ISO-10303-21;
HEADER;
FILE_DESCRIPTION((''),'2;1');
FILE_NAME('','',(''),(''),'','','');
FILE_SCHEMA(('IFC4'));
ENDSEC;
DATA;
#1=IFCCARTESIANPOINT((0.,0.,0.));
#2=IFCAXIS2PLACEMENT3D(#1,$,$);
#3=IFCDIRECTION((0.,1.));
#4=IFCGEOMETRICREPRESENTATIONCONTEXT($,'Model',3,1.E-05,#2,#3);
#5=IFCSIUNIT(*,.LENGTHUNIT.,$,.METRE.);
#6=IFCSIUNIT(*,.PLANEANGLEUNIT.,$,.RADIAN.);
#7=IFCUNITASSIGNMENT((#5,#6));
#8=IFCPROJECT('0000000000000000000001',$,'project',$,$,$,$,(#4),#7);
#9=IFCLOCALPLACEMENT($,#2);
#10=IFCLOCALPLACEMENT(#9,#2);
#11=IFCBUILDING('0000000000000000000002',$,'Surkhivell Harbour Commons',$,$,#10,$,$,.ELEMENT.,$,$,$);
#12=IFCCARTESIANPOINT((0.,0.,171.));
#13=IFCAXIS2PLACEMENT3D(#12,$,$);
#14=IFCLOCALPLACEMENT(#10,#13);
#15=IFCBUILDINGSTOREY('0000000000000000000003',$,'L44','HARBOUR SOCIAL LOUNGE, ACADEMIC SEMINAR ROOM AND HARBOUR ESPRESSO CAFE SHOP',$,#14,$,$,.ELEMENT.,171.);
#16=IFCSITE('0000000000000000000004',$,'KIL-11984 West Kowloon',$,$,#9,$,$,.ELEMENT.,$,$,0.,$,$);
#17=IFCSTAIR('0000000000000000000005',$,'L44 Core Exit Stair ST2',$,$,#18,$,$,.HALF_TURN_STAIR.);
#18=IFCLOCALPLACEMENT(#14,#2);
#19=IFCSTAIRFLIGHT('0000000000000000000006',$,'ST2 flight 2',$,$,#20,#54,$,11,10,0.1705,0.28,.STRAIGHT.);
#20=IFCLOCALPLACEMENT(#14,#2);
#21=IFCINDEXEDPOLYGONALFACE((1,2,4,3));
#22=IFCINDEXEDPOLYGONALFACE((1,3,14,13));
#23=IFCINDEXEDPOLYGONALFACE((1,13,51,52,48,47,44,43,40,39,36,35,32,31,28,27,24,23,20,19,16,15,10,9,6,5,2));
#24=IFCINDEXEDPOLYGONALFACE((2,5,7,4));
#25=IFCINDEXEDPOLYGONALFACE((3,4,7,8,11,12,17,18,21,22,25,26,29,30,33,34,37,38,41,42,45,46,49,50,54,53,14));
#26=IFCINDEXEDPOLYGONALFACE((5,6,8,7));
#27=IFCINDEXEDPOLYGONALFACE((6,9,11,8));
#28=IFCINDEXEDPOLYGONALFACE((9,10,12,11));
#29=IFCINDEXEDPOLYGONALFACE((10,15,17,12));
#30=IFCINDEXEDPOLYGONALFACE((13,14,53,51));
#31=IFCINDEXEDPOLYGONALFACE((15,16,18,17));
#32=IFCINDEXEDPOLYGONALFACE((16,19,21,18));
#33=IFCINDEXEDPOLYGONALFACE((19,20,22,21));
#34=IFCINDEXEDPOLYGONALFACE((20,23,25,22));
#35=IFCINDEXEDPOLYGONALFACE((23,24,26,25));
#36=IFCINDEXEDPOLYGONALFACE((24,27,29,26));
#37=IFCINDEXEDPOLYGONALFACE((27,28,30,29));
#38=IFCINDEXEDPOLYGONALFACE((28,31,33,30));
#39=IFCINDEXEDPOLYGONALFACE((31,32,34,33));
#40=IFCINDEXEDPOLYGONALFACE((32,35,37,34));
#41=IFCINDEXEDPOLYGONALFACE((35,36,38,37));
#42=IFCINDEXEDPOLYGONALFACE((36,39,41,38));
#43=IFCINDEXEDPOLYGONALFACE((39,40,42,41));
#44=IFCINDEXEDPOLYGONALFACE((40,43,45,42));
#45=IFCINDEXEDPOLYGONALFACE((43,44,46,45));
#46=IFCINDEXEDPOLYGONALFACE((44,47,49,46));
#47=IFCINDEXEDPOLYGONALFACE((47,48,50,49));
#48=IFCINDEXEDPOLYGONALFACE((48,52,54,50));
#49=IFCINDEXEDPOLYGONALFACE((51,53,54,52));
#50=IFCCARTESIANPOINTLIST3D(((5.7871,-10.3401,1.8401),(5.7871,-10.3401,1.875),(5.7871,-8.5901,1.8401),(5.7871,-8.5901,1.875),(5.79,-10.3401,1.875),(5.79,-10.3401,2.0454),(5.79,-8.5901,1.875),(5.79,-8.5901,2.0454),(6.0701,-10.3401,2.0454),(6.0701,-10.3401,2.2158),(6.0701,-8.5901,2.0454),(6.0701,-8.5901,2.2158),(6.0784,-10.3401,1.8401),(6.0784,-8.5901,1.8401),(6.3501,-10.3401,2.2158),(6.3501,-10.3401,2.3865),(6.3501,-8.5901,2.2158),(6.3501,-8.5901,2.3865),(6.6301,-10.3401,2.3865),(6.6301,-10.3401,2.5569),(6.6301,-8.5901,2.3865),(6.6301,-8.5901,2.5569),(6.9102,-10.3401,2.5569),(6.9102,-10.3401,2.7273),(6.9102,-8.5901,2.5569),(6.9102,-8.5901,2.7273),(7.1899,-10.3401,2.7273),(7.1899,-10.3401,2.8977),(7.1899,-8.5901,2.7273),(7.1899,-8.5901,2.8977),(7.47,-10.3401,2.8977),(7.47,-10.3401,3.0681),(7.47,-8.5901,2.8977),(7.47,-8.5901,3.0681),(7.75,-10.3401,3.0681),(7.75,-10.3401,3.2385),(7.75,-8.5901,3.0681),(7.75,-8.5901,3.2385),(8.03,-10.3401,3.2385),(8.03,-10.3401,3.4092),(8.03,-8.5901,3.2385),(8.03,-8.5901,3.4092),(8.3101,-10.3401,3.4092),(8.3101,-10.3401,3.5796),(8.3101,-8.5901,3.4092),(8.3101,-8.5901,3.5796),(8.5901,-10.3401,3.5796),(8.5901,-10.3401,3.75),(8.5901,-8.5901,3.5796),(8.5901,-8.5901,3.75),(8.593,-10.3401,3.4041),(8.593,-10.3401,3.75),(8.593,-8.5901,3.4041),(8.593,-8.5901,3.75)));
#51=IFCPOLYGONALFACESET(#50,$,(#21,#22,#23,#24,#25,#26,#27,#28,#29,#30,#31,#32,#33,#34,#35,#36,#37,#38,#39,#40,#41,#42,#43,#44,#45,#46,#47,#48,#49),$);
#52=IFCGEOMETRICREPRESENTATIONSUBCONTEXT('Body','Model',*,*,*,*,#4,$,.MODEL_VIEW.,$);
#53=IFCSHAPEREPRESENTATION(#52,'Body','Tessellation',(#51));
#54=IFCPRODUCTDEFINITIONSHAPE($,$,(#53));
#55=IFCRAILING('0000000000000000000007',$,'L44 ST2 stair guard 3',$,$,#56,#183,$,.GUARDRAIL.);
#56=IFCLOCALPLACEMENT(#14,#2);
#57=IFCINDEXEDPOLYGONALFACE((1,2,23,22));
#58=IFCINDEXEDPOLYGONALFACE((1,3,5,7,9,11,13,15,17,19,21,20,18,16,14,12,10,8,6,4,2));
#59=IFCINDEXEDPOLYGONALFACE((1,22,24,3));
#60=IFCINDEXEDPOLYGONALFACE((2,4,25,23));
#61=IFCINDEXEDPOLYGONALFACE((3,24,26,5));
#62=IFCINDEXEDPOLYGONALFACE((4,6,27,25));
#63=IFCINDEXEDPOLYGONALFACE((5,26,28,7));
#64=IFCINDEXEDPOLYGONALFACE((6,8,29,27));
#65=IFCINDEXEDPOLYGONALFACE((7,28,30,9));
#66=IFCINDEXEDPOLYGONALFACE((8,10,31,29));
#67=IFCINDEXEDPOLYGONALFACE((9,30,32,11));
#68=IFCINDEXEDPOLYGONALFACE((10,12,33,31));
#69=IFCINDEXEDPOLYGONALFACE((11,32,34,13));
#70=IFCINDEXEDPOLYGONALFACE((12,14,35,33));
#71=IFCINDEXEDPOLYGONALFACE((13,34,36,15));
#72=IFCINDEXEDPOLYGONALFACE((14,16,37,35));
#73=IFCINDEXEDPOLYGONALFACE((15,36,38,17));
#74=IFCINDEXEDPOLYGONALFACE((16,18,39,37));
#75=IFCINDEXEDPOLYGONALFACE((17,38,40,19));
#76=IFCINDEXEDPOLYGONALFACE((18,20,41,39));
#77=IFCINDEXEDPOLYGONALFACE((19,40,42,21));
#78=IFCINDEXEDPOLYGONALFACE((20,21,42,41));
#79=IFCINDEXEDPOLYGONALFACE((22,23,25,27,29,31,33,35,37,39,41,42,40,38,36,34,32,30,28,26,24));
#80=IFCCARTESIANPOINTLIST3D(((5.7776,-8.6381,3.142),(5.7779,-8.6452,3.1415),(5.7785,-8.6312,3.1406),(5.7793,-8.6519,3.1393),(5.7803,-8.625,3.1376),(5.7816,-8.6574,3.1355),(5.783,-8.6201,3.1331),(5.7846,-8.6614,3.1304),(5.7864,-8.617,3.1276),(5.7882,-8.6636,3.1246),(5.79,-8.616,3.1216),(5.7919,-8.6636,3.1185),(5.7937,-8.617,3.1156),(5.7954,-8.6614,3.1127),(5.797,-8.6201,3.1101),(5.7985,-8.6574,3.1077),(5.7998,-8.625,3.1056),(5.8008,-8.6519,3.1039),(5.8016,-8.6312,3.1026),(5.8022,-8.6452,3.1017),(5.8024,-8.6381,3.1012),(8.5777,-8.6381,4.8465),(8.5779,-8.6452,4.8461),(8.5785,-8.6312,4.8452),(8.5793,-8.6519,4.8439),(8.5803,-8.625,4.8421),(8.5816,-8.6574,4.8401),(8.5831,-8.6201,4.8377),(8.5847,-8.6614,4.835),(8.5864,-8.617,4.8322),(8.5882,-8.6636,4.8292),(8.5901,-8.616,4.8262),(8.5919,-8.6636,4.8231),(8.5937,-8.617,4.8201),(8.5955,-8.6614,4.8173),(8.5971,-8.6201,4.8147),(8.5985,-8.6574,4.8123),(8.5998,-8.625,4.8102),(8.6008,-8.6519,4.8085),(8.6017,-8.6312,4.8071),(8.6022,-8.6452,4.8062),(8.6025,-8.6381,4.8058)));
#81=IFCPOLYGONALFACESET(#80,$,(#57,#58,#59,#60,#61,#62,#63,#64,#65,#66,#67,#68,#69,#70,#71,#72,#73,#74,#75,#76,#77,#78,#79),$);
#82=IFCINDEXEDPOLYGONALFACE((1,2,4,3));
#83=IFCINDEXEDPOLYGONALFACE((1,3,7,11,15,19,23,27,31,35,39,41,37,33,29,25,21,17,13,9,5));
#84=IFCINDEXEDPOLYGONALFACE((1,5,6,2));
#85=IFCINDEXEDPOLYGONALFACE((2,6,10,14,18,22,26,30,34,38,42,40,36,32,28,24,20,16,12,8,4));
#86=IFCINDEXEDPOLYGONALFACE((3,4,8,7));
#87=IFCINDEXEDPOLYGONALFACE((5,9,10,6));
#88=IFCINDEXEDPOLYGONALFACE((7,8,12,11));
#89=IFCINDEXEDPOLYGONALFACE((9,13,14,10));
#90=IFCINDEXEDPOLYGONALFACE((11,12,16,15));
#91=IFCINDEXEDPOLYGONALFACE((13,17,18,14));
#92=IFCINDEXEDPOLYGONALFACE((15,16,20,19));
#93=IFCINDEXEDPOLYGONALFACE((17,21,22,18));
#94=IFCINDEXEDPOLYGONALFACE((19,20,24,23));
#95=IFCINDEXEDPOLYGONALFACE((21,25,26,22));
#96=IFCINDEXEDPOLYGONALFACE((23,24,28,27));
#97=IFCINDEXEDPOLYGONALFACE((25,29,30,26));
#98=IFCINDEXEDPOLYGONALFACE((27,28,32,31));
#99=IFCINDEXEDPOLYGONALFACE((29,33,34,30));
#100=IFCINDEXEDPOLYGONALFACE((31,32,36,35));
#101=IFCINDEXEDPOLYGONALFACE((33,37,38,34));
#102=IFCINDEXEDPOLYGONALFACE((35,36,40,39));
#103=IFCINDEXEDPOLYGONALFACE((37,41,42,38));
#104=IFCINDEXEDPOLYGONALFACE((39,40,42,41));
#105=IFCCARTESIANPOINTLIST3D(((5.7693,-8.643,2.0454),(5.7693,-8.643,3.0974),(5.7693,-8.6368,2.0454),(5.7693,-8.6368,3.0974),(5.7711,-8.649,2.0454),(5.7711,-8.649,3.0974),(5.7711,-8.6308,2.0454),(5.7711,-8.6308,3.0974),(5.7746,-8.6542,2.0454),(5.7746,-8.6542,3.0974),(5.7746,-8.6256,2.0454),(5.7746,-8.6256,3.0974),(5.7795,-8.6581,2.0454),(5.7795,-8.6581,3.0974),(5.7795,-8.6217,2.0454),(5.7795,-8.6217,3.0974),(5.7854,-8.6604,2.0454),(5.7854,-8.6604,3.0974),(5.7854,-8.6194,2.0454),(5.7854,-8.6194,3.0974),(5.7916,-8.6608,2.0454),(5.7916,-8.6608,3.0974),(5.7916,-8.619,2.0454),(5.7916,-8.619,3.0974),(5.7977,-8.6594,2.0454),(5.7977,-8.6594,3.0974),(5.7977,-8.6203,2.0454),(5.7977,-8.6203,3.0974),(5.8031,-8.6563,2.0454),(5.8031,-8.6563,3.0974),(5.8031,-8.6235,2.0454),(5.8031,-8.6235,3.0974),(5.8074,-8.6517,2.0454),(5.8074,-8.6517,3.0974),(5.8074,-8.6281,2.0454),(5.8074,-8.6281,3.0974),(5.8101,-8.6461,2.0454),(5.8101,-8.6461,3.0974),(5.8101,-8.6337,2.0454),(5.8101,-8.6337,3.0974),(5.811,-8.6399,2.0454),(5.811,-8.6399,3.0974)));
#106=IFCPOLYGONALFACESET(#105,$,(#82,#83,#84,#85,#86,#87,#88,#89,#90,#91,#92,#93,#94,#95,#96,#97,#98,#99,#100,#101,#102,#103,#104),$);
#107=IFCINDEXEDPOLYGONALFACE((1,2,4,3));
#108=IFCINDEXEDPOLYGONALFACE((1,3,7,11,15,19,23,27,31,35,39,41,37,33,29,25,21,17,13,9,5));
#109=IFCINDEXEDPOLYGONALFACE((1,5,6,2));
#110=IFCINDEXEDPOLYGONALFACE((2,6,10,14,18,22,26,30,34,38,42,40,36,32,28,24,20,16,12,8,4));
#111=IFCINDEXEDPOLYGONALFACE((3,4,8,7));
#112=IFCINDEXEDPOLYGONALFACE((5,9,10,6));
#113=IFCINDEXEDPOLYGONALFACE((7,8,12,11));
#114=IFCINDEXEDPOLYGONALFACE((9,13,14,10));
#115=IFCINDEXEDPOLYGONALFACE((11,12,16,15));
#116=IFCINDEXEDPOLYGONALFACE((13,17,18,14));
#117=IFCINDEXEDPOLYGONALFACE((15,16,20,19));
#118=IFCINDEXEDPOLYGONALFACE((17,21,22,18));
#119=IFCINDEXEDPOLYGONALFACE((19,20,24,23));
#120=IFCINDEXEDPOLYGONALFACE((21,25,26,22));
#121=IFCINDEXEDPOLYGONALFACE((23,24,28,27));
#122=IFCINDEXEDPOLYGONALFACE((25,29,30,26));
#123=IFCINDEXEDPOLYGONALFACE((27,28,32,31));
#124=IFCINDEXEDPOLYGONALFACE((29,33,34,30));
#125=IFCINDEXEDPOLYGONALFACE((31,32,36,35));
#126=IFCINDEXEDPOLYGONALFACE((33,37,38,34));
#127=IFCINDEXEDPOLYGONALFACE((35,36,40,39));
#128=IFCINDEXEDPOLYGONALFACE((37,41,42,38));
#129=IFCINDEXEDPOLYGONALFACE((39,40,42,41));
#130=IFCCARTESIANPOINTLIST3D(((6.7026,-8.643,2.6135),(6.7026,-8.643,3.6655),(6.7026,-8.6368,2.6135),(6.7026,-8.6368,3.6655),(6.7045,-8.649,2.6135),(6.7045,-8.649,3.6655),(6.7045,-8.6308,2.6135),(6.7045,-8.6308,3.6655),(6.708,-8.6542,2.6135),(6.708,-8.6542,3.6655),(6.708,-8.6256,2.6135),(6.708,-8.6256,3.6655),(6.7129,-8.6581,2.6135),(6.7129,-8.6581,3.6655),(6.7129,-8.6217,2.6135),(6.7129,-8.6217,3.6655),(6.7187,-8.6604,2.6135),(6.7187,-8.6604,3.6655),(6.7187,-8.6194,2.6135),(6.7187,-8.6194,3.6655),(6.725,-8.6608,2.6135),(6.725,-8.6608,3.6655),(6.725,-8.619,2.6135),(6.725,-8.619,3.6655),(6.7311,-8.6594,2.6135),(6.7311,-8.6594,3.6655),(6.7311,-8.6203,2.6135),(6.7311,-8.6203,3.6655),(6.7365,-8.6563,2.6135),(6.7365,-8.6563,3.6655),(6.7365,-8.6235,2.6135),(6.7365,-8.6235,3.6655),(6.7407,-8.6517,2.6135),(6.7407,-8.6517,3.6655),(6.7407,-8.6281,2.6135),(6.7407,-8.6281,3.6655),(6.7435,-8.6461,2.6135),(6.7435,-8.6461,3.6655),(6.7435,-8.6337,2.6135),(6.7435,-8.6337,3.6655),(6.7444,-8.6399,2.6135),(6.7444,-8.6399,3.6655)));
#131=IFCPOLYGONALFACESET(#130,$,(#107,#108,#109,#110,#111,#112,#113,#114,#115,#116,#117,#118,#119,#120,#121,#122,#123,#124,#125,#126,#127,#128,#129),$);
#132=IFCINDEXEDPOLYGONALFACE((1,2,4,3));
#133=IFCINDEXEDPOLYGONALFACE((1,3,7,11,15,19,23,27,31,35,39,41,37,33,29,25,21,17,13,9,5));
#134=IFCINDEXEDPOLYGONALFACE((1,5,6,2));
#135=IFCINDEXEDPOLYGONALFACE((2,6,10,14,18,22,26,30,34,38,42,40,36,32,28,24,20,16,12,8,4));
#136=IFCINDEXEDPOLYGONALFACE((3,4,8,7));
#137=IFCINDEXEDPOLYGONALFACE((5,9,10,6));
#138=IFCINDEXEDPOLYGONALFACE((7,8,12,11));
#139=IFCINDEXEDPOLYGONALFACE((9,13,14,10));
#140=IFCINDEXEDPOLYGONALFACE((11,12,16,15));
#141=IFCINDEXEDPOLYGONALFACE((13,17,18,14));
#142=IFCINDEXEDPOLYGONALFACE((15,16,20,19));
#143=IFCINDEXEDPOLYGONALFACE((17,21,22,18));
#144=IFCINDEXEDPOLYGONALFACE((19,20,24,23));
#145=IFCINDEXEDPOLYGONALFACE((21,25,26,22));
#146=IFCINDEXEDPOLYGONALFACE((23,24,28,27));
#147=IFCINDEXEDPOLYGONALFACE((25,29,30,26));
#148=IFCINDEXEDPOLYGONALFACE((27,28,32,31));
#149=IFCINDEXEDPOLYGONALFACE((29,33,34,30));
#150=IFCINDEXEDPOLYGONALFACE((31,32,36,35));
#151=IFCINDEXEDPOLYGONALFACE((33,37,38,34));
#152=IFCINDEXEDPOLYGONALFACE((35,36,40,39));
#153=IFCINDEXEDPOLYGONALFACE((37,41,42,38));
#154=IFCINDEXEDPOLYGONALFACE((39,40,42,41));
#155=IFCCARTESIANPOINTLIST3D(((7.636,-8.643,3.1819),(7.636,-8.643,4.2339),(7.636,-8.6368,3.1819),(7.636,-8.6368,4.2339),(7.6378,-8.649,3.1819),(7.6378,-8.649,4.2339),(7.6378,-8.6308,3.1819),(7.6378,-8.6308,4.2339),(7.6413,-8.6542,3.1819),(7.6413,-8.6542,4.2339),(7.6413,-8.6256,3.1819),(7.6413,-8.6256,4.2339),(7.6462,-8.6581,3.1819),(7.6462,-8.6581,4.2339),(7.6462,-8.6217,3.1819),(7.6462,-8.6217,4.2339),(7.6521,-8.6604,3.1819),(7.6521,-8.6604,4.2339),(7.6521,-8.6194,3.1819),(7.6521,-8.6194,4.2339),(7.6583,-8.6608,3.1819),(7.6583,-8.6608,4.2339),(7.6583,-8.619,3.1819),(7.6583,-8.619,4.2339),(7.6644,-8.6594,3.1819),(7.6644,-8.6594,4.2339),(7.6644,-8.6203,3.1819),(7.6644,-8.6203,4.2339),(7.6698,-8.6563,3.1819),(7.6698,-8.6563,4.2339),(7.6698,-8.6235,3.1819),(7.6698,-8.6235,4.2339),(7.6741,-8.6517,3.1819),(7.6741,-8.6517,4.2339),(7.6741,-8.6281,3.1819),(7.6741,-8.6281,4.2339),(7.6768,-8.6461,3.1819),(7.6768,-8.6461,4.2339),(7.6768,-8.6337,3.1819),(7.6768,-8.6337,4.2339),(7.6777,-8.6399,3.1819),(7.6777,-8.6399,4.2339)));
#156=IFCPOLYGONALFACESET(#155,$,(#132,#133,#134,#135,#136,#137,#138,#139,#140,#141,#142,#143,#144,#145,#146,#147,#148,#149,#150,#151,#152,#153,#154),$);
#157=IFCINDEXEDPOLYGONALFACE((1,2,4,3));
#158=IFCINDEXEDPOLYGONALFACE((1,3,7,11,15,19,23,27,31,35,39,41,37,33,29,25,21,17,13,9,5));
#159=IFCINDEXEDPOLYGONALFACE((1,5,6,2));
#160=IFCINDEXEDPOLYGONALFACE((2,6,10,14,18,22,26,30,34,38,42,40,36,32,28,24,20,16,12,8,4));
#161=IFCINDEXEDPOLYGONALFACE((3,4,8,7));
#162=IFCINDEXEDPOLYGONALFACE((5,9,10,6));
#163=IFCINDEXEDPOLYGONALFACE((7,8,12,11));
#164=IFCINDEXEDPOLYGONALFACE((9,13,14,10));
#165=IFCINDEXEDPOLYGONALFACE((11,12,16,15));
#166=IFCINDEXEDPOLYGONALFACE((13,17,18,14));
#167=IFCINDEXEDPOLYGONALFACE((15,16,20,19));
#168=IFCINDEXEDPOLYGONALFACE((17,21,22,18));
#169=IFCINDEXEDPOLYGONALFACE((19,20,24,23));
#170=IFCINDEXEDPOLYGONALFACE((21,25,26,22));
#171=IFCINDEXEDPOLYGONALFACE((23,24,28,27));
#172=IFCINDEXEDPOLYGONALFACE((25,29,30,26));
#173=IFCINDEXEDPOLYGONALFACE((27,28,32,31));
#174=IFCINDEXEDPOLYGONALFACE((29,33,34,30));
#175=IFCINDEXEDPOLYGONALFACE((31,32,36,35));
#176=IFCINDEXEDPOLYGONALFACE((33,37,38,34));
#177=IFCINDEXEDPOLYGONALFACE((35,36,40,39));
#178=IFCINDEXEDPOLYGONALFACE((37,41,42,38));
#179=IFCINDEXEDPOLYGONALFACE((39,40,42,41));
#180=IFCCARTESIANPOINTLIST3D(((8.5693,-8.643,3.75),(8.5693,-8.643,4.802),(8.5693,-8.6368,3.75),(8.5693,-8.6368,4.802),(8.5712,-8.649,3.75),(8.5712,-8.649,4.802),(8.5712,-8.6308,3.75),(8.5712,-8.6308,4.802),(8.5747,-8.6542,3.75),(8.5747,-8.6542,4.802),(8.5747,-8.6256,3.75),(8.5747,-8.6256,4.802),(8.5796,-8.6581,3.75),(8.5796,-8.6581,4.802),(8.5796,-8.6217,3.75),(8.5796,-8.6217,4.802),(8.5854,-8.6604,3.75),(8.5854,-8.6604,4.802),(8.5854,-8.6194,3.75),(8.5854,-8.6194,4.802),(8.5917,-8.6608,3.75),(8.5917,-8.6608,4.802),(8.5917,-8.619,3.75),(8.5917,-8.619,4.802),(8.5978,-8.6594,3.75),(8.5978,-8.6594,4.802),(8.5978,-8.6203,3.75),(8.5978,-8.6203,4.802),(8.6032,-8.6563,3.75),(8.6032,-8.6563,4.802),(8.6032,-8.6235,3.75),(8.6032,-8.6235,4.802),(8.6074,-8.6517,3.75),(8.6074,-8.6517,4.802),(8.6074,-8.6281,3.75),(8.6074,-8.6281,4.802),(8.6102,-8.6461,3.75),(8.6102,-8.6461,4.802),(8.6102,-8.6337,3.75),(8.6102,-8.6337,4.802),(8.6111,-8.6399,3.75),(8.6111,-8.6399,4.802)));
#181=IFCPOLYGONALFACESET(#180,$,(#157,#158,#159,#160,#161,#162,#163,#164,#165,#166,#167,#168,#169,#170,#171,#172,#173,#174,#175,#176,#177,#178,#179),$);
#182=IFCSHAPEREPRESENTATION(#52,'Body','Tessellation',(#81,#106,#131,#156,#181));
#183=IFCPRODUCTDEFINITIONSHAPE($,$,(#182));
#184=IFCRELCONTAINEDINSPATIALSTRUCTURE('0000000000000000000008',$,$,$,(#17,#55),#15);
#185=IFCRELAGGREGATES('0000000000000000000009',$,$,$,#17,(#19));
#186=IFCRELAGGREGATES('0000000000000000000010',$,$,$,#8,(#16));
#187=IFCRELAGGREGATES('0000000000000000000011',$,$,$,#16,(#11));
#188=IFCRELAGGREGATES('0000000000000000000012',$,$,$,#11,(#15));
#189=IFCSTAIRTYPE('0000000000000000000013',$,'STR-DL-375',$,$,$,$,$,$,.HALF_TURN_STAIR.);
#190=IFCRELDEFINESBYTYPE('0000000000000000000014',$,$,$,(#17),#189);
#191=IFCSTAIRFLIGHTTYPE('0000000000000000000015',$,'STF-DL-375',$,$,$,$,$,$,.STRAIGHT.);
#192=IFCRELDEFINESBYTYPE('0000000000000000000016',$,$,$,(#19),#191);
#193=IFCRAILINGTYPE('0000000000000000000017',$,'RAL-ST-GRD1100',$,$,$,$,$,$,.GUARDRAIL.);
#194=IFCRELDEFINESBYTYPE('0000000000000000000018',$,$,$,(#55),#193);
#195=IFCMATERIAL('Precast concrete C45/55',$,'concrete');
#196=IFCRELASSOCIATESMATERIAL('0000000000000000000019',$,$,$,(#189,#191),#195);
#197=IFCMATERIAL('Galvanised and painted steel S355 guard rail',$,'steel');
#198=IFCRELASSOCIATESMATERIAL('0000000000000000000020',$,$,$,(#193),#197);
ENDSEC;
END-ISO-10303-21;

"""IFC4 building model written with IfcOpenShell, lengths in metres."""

from ifc_helpers import new_model, si_unit, direction, frame, origin, origin_2d, place, context, subcontext, project, spatial, polyline, circle, outline, extrude, material, type_object, element, aggregate, save


model = new_model("IFC4")

# Units and contexts
model_context = context("Model", 3, precision=1e-05, world=origin(), true_north=direction((0.0, 1.0)))
body_context = subcontext(model_context, "Body", "Model", "MODEL_VIEW")
ifc_project = project(units=[si_unit("LENGTHUNIT", "METRE"), si_unit("PLANEANGLEUNIT", "RADIAN")], contexts=[model_context])

# Site, building, storey
site_placement = place(None, origin())
site = spatial("IfcSite", under=ifc_project, at=site_placement, Name="KIL-11984 West Kowloon", CompositionType="ELEMENT", RefElevation=0.0)
building_placement = place(site_placement, origin())
building = spatial("IfcBuilding", under=site, at=building_placement, Name="Surkhivell Harbour Commons", CompositionType="ELEMENT")
storey_placement = place(building_placement, frame((0.0, 0.0, 171.0)))
storey = spatial("IfcBuildingStorey", under=building, at=storey_placement, Name="L44", Description="HARBOUR SOCIAL LOUNGE, ACADEMIC SEMINAR ROOM AND HARBOUR ESPRESSO CAFE SHOP", CompositionType="ELEMENT", Elevation=171.0)

# Stair, stair flight
ifc_material_1 = material(Name="Precast concrete C45/55", Category="concrete")
stair_type = type_object("IfcStairType", Name="STR-DL-375", PredefinedType="HALF_TURN_STAIR", material=ifc_material_1)
stair_placement = place(storey_placement, origin())
stair = element("IfcStair", 1, at=stair_placement, inside=storey, type_object=stair_type, Name="L44 Core Exit Stair ST2", PredefinedType="HALF_TURN_STAIR")
stair_flight_type = type_object("IfcStairFlightType", Name="STF-DL-375", PredefinedType="STRAIGHT", material=ifc_material_1)
stair_flight_placement = place(storey_placement, frame((5.79, -9.4651, 1.875), z_axis=(0.0, 0.0, 1.0), x_axis=(1.0, 0.0, 0.0)))
stair_flight = element("IfcStairFlight", 2, at=stair_flight_placement, type_object=stair_flight_type, Name="ST2 flight 2", NumberOfRisers=11, NumberOfTreads=10, PredefinedType="STRAIGHT", RiserHeight=0.1705, TreadLength=0.28, context=body_context, shape_type="SweptSolid", body=[
    extrude(outline(polyline([(-0.0029, -0.0349), (-0.0029, 0.0), (0.0, 0.0), (0.0, 0.1704), (0.28, 0.1704), (0.28, 0.3408), (0.5601, 0.3408), (0.5601, 0.5115), (0.8401, 0.5115), (0.8401, 0.6819), (1.1201, 0.6819), (1.1201, 0.8523), (1.3999, 0.8523), (1.3999, 1.0227), (1.6799, 1.0227), (1.6799, 1.1931), (1.96, 1.1931), (1.96, 1.3635), (2.24, 1.3635), (2.24, 1.5342), (2.52, 1.5342), (2.52, 1.7046), (2.8, 1.7046), (2.8, 1.875), (2.803, 1.875), (2.803, 1.5291), (0.2883, -0.0349), (-0.0029, -0.0349)])), frame((0.0, 0.875, 0.0), z_axis=(0.0, -1.0, 0.0), x_axis=(1.0, 0.0, 0.0)), (0.0, 0.0, 1.0), 1.75),
])
aggregate(stair, [stair_flight])

# Railing
ifc_material_2 = material(Name="Galvanised and painted steel S355 guard rail", Category="steel")
railing_type_1 = type_object("IfcRailingType", Name="RAL-ST-GRD1100", PredefinedType="GUARDRAIL", material=ifc_material_2)
railing_1_placement = place(storey_placement, frame((5.79, -8.6399, 2.0454)))
element("IfcRailing", 3, at=railing_1_placement, inside=storey, type_object=railing_type_1, Name="L44 ST2 stair guard 3", PredefinedType="GUARDRAIL", context=body_context, shape_type="SweptSolid", body=[
    extrude(circle(Radius=0.0239, at=origin_2d()), frame((0.0, 0.0, 1.0762), z_axis=(0.85417, 0.0, 0.519994), x_axis=(0.0, 1.0, 0.0)), (0.0, 0.0, 1.0), 3.2781),
    extrude(circle(Radius=0.021, at=origin_2d()), origin(), (0.0, 0.0, 1.0), 1.052),
    extrude(circle(Radius=0.021, at=origin_2d()), frame((0.9333, 0.0, 0.5681)), (0.0, 0.0, 1.0), 1.052),
    extrude(circle(Radius=0.021, at=origin_2d()), frame((1.8667, 0.0, 1.1365)), (0.0, 0.0, 1.0), 1.052),
    extrude(circle(Radius=0.021, at=origin_2d()), frame((2.8, 0.0, 1.7046)), (0.0, 0.0, 1.0), 1.052),
])

save(model, "model.ifc")
